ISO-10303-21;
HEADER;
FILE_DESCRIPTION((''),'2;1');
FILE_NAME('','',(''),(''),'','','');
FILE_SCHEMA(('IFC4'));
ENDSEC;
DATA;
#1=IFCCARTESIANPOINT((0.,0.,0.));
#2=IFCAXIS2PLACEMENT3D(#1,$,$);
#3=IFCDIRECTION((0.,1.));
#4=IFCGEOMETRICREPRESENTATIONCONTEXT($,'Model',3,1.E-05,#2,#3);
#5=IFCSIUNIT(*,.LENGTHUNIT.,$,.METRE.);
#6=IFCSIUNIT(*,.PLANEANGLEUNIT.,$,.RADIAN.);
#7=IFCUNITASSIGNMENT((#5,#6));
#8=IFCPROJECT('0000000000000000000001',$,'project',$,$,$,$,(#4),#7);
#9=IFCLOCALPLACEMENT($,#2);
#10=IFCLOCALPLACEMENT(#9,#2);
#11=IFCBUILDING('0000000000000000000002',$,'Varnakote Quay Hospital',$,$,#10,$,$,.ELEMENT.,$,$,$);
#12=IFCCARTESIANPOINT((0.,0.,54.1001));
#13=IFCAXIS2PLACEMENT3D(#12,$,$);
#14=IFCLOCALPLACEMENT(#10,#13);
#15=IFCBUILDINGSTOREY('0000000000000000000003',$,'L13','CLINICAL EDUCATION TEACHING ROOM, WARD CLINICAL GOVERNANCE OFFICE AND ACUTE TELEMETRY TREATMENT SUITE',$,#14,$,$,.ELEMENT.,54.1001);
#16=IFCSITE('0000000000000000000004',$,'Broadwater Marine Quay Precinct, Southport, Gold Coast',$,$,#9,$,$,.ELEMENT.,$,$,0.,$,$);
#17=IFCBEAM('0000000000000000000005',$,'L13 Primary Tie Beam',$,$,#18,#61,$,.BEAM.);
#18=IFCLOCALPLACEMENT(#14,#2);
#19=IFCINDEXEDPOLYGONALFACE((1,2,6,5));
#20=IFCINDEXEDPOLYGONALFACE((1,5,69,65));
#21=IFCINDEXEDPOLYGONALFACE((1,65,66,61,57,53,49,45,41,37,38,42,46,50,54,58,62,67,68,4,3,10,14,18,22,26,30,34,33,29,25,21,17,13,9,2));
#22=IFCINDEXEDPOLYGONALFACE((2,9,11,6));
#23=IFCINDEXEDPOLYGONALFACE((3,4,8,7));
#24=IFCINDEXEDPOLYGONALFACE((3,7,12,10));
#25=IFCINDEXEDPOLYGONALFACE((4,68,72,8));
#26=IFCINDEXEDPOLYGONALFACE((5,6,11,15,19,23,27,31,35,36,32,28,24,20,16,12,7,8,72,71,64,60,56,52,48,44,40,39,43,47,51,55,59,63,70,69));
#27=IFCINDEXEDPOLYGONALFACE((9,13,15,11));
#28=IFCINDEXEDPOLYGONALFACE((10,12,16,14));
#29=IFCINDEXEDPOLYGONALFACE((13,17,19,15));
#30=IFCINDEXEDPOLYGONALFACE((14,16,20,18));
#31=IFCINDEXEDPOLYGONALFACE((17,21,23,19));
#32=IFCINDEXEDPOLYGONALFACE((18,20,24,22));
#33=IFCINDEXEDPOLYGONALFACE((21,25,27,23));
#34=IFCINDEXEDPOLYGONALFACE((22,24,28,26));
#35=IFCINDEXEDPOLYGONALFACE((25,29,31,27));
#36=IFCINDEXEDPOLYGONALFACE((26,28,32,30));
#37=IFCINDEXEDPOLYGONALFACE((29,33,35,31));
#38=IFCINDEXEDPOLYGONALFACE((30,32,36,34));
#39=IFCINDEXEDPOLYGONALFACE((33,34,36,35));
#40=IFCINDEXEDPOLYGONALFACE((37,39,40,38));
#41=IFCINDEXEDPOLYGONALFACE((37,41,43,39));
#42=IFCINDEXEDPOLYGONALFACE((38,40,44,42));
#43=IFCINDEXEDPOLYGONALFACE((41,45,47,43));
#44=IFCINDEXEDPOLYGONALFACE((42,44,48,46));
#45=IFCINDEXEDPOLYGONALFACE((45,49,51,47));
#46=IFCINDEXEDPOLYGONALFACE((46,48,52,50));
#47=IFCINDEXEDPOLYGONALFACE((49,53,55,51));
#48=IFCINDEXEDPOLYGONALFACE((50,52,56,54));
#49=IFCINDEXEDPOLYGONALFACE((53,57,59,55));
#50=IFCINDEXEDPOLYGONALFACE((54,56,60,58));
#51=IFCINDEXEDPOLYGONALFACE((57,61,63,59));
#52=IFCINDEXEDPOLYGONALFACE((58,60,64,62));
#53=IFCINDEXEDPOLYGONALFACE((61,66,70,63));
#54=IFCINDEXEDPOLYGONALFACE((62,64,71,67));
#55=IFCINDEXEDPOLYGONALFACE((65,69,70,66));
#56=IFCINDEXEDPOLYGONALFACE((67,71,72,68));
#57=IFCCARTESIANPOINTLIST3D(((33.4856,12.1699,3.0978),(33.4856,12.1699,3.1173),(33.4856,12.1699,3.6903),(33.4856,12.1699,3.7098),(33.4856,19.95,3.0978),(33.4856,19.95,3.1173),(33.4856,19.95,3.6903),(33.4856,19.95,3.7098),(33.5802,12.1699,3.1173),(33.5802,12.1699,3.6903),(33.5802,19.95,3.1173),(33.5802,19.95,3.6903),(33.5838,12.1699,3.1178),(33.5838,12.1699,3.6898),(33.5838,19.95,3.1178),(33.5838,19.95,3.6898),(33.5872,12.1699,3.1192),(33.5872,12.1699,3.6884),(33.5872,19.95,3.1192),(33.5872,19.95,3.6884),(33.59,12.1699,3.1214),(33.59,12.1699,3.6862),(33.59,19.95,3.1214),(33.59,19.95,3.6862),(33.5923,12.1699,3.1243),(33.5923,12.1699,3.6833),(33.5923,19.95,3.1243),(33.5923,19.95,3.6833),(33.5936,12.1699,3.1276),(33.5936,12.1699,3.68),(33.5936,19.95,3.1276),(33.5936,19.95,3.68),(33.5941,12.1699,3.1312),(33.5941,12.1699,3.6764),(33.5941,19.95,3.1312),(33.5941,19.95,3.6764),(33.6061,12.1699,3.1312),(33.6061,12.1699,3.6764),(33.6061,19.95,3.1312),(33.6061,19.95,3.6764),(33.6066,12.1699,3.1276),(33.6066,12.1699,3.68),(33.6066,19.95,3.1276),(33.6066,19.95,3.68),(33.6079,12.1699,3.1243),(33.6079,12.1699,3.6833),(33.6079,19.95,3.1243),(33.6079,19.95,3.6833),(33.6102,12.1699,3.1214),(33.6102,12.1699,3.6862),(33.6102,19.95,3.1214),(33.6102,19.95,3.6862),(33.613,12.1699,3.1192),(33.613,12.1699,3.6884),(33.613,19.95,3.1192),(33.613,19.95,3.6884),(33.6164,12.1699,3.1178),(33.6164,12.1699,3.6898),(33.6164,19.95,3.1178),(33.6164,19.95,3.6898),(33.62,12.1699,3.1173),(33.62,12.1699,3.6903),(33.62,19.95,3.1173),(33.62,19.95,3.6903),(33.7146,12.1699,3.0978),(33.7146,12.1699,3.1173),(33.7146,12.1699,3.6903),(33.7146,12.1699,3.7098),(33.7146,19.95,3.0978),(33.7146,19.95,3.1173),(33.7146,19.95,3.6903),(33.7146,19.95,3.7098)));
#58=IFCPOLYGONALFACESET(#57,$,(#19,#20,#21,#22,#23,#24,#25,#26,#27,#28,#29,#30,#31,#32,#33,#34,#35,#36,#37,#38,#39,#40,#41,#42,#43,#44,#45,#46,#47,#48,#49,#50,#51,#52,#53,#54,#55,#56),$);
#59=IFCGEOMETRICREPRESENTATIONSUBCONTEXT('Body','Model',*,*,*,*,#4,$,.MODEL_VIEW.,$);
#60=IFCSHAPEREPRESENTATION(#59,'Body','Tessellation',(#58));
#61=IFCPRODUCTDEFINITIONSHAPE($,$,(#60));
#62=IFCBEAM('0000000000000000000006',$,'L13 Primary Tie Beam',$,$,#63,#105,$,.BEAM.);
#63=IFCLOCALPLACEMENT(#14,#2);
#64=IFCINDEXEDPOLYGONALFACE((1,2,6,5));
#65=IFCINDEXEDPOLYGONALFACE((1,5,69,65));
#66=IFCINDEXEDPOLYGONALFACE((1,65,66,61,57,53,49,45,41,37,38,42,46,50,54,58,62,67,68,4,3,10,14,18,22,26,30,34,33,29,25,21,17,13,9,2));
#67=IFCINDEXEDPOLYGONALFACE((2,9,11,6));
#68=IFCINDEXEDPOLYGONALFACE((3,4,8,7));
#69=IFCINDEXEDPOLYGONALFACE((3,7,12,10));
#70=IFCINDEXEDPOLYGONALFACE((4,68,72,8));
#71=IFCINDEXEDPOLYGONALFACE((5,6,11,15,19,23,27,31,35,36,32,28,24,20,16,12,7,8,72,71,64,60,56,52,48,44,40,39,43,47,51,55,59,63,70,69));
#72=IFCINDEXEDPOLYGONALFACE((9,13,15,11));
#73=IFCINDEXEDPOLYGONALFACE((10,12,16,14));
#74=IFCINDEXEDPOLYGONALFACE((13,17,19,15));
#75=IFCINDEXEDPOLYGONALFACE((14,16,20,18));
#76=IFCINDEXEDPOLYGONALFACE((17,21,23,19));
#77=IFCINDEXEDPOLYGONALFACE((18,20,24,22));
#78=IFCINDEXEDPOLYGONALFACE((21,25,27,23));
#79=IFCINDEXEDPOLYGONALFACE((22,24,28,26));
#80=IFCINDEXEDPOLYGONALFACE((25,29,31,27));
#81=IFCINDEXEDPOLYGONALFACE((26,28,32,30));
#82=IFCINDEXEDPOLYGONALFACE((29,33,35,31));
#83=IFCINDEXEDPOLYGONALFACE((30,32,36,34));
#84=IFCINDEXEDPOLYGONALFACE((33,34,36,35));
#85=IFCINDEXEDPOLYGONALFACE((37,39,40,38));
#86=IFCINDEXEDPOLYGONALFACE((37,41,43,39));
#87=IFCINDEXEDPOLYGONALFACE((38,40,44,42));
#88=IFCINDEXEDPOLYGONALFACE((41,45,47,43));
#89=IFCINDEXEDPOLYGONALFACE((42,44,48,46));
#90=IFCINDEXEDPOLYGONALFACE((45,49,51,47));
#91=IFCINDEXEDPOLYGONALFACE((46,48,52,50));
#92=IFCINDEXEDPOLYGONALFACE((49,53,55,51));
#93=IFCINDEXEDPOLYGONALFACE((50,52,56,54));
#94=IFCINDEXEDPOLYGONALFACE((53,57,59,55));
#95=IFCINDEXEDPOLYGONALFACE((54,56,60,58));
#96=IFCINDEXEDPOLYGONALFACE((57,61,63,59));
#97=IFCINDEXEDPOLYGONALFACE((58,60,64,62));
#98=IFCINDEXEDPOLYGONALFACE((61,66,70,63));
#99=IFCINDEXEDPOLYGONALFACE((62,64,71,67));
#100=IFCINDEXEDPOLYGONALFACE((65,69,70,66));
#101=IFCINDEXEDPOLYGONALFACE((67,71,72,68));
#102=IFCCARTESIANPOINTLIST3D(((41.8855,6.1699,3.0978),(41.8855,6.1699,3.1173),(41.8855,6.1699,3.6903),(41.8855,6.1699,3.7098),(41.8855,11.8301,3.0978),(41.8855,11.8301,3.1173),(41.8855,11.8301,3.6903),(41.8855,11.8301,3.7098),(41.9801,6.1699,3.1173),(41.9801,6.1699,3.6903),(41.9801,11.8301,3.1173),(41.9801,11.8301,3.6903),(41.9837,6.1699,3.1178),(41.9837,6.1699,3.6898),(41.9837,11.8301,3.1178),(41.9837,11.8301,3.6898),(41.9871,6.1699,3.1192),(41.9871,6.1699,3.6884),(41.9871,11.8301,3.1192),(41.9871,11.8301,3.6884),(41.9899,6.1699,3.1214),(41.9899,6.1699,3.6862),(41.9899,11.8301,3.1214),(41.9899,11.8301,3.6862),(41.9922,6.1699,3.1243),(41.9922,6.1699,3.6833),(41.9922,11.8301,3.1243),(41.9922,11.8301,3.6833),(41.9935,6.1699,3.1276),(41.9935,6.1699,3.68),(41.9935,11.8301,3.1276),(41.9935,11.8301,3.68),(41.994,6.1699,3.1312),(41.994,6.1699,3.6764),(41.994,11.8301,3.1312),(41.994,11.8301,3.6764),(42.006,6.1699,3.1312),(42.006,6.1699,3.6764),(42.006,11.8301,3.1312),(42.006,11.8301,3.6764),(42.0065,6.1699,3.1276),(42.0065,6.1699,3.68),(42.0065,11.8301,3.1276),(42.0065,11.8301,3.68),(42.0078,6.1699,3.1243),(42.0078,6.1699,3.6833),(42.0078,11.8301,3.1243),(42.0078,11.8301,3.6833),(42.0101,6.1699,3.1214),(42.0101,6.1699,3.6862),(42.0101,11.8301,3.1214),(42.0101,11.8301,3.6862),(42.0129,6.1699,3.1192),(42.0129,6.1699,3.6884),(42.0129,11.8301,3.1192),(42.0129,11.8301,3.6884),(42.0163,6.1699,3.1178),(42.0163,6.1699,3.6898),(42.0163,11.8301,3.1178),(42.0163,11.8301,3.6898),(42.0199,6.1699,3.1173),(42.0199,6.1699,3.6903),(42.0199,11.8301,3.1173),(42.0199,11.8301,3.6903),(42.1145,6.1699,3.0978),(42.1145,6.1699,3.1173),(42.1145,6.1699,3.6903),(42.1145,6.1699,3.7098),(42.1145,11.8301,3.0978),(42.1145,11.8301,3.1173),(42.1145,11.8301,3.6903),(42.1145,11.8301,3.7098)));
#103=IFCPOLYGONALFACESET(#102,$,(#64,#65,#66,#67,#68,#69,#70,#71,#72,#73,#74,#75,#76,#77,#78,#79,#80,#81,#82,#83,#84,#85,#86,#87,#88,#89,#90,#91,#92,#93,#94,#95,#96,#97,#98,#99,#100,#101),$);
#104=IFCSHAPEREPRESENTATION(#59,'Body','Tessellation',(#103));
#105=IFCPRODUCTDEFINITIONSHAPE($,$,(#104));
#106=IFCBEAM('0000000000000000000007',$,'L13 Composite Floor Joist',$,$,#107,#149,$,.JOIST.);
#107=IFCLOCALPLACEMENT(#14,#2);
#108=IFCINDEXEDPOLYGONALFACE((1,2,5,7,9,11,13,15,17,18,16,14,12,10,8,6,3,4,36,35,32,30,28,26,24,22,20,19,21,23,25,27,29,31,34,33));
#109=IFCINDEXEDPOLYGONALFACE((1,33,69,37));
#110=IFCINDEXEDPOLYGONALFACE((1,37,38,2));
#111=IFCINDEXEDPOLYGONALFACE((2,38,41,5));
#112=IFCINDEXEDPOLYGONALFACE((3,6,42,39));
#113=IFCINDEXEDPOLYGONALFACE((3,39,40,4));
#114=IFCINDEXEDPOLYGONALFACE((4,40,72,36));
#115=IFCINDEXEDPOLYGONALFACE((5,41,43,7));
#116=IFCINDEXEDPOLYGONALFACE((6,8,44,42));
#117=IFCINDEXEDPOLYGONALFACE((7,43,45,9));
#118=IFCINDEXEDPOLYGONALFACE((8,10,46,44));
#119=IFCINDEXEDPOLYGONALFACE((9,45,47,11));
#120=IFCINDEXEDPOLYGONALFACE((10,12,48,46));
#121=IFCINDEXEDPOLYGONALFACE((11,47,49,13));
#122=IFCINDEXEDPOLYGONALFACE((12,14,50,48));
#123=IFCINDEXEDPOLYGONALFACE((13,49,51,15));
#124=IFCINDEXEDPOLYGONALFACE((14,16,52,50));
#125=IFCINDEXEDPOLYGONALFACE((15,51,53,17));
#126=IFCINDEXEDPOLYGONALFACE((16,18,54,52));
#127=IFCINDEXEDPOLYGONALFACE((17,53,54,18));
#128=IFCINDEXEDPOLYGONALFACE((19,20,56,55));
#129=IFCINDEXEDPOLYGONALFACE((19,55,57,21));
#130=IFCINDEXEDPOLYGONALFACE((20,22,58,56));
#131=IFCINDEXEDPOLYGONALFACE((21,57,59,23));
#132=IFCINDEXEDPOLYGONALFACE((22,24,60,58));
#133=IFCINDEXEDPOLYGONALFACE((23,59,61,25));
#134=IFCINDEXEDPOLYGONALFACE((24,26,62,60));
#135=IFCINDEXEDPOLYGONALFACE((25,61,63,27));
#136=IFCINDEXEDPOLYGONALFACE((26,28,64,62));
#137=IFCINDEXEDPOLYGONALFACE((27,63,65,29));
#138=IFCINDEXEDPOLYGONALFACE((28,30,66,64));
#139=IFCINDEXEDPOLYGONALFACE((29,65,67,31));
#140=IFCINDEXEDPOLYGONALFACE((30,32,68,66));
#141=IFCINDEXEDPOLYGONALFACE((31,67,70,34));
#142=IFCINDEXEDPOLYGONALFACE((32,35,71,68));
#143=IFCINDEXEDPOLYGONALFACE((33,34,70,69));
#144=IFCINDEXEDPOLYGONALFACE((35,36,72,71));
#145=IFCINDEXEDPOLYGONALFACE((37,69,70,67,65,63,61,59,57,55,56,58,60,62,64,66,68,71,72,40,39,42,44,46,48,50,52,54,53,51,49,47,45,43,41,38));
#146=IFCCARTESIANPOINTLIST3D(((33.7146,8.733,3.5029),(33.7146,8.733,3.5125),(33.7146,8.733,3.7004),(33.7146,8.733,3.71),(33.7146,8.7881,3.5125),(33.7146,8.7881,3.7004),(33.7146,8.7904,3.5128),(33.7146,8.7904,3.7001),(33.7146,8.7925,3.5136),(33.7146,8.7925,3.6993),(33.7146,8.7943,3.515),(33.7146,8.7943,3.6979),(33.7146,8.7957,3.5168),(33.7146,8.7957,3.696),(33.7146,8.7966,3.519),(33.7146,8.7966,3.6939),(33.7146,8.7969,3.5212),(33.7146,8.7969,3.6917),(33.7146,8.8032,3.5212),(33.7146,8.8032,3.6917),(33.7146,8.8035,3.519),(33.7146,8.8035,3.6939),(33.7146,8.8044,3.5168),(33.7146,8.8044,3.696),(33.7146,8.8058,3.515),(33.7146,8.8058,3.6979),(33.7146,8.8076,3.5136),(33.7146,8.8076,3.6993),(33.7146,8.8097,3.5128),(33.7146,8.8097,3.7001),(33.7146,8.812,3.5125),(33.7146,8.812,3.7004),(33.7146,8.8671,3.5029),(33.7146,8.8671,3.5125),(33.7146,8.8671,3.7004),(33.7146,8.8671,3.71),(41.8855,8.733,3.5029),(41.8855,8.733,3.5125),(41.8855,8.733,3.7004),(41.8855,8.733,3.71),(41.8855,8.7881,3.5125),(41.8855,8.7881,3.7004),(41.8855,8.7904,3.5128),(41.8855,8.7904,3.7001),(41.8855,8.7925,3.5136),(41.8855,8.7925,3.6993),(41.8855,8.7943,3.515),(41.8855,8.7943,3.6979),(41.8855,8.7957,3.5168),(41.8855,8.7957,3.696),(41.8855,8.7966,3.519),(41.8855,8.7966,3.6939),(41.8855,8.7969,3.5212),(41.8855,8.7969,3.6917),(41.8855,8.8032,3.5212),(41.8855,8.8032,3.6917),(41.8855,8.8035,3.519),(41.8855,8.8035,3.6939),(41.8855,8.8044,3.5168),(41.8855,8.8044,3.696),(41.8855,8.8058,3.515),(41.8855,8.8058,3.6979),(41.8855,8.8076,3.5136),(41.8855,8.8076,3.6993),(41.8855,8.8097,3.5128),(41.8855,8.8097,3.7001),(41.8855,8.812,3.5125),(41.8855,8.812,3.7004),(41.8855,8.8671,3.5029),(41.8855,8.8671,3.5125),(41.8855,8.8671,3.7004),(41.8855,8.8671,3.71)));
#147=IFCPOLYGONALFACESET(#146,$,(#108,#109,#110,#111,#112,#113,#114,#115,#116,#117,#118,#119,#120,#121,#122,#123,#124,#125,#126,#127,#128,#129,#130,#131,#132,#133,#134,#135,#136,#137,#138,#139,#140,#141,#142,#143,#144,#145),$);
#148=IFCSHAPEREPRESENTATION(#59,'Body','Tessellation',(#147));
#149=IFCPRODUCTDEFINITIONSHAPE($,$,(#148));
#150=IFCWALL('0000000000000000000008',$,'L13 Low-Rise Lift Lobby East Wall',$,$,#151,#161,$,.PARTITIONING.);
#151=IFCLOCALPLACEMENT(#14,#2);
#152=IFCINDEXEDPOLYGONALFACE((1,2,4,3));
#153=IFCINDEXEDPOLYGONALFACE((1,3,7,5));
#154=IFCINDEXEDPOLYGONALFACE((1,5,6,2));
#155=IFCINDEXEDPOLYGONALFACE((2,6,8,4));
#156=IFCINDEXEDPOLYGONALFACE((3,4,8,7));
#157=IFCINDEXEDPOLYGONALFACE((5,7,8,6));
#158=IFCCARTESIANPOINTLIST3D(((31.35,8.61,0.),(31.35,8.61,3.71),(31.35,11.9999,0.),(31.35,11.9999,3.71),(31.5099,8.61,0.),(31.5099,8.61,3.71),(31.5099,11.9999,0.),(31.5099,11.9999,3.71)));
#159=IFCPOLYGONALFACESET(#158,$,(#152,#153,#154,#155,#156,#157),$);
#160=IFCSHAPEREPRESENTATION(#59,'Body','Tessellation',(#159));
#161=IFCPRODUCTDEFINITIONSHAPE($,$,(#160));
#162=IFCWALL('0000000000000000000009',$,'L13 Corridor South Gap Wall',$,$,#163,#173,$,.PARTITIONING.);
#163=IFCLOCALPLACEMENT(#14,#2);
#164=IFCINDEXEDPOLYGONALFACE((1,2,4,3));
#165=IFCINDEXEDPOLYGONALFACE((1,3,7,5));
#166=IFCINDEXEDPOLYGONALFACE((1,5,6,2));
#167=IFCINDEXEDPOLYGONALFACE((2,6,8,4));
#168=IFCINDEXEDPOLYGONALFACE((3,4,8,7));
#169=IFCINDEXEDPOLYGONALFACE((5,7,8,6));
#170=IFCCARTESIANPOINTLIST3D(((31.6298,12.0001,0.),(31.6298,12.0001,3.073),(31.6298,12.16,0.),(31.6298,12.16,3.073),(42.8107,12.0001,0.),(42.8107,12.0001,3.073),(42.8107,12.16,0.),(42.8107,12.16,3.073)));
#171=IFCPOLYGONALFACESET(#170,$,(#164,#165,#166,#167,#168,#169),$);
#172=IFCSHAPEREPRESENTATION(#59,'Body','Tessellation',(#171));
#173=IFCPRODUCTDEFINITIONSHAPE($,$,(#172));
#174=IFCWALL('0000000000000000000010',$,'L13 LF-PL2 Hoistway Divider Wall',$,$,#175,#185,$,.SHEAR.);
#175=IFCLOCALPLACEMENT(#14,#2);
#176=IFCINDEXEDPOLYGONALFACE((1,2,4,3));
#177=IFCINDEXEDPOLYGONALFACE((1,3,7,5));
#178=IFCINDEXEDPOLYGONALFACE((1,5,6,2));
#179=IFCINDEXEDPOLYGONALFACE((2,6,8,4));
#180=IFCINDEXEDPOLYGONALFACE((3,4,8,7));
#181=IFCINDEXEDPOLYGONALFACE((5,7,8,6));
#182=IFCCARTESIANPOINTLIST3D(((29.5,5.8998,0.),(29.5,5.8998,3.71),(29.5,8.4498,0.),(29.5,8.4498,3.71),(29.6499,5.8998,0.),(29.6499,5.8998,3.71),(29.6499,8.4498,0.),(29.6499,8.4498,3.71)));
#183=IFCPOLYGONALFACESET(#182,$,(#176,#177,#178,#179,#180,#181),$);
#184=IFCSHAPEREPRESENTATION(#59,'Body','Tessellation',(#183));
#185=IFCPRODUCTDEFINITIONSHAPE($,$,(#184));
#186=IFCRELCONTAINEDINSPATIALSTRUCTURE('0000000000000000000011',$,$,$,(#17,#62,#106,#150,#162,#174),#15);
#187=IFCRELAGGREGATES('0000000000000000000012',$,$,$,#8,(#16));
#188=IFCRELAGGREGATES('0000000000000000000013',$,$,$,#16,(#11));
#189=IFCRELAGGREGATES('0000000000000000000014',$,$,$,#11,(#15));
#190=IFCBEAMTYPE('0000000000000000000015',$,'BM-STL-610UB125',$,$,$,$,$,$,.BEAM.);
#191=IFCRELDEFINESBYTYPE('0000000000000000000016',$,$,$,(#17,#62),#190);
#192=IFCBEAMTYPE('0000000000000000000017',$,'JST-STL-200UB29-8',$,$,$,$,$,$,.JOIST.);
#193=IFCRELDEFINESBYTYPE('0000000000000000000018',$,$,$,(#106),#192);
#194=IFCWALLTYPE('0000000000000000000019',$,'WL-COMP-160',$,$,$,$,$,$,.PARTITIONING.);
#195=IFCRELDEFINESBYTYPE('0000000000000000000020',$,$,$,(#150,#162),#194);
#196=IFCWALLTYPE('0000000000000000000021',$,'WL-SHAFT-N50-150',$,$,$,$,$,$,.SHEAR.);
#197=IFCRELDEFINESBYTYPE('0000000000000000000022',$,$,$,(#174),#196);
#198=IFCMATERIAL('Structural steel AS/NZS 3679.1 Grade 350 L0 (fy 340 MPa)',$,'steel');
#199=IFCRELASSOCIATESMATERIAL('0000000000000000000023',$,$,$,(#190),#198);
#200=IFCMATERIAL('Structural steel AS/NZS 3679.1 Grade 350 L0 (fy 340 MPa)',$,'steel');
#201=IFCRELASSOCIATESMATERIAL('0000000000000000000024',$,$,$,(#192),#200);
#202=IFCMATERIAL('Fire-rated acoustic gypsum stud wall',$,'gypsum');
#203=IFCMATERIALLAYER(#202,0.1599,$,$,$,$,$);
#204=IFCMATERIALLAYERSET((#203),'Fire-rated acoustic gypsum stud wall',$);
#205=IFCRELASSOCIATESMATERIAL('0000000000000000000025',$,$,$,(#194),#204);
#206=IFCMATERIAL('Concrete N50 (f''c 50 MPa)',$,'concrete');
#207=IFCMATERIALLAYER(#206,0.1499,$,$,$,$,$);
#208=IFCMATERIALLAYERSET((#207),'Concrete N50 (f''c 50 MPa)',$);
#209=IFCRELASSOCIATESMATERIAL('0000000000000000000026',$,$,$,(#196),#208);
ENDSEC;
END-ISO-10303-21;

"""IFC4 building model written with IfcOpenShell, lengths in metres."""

from ifc_helpers import new_model, si_unit, direction, frame, frame_2d, origin, origin_2d, place, context, subcontext, project, spatial, rectangle, i_section, extrude, material, layer, layer_set, material_profile, profile_set, type_object, element, save


model = new_model("IFC4")

# Units and contexts
model_context = context("Model", 3, precision=1e-05, world=origin(), true_north=direction((0.0, 1.0)))
body_context = subcontext(model_context, "Body", "Model", "MODEL_VIEW")
ifc_project = project(units=[si_unit("LENGTHUNIT", "METRE"), si_unit("PLANEANGLEUNIT", "RADIAN")], contexts=[model_context])

# Site, building, storey
site_placement = place(None, origin())
site = spatial("IfcSite", under=ifc_project, at=site_placement, Name="Broadwater Marine Quay Precinct, Southport, Gold Coast", CompositionType="ELEMENT", RefElevation=0.0)
building_placement = place(site_placement, origin())
building = spatial("IfcBuilding", under=site, at=building_placement, Name="Varnakote Quay Hospital", CompositionType="ELEMENT")
storey_placement = place(building_placement, frame((0.0, 0.0, 54.1001)))
storey = spatial("IfcBuildingStorey", under=building, at=storey_placement, Name="L13", Description="CLINICAL EDUCATION TEACHING ROOM, WARD CLINICAL GOVERNANCE OFFICE AND ACUTE TELEMETRY TREATMENT SUITE", CompositionType="ELEMENT", Elevation=54.1001)

# Beams
ifc_material_1 = material(Name="Structural steel AS/NZS 3679.1 Grade 350 L0 (fy 340 MPa)", Category="steel")
ifc_material_profile_1 = material_profile(ifc_material_1, i_section(OverallWidth=0.229, OverallDepth=0.6121, WebThickness=0.012, FlangeThickness=0.0195, FilletRadius=0.0139, at=origin_2d()), Name="610UB125")
ifc_profile_set_1 = profile_set([ifc_material_profile_1], Name="Structural steel AS/NZS 3679.1 Grade 350 L0 (fy 340 MPa)")
beam_type_1 = type_object("IfcBeamType", Name="BM-STL-610UB125", PredefinedType="BEAM", material=ifc_profile_set_1)
beam_1_placement = place(storey_placement, frame((33.6001, 12.1699, 3.4038), z_axis=(0.0, 1.0, 0.0), x_axis=(-1.0, 0.0, 0.0)))
element("IfcBeam", 1, at=beam_1_placement, inside=storey, type_object=beam_type_1, Name="L13 Primary Tie Beam", PredefinedType="BEAM", context=body_context, shape_type="SweptSolid", body=[
    extrude(i_section(OverallWidth=0.229, OverallDepth=0.6121, WebThickness=0.012, FlangeThickness=0.0195, FilletRadius=0.0139, at=origin_2d()), origin(), (0.0, 0.0, 1.0), 7.78),
])
beam_2_placement = place(storey_placement, frame((42.0, 6.1699, 3.4038), z_axis=(0.0, 1.0, 0.0), x_axis=(-1.0, 0.0, 0.0)))
element("IfcBeam", 2, at=beam_2_placement, inside=storey, type_object=beam_type_1, Name="L13 Primary Tie Beam", PredefinedType="BEAM", context=body_context, shape_type="SweptSolid", body=[
    extrude(i_section(OverallWidth=0.229, OverallDepth=0.6121, WebThickness=0.012, FlangeThickness=0.0195, FilletRadius=0.0139, at=origin_2d()), origin(), (0.0, 0.0, 1.0), 5.6602),
])
ifc_material_2 = material(Name="Structural steel AS/NZS 3679.1 Grade 350 L0 (fy 340 MPa)", Category="steel")
ifc_material_profile_2 = material_profile(ifc_material_2, i_section(OverallWidth=0.134, OverallDepth=0.207, WebThickness=0.0063, FlangeThickness=0.0095, FilletRadius=0.0088, at=origin_2d()), Name="200UB29.8")
ifc_profile_set_2 = profile_set([ifc_material_profile_2], Name="Structural steel AS/NZS 3679.1 Grade 350 L0 (fy 340 MPa)")
beam_type_2 = type_object("IfcBeamType", Name="JST-STL-200UB29-8", PredefinedType="JOIST", material=ifc_profile_set_2)
beam_3_placement = place(storey_placement, frame((33.7146, 8.8, 3.6064), z_axis=(1.0, 0.0, 0.0), x_axis=(0.0, 1.0, 0.0)))
element("IfcBeam", 3, at=beam_3_placement, inside=storey, type_object=beam_type_2, Name="L13 Composite Floor Joist", PredefinedType="JOIST", context=body_context, shape_type="SweptSolid", body=[
    extrude(i_section(OverallWidth=0.134, OverallDepth=0.207, WebThickness=0.0063, FlangeThickness=0.0095, FilletRadius=0.0088, at=origin_2d()), origin(), (0.0, 0.0, 1.0), 8.1709),
])

# Walls
ifc_material_3 = material(Name="Fire-rated acoustic gypsum stud wall", Category="gypsum")
ifc_layer_1 = layer(ifc_material_3, 0.1599)
ifc_layer_set_1 = layer_set([ifc_layer_1], Name="Fire-rated acoustic gypsum stud wall")
wall_type_1 = type_object("IfcWallType", Name="WL-COMP-160", PredefinedType="PARTITIONING", material=ifc_layer_set_1)
wall_1_placement = place(storey_placement, frame((31.4299, 8.6101, 0.0), z_axis=(0.0, 0.0, 1.0), x_axis=(0.0, 1.0, 0.0)))
element("IfcWall", 4, at=wall_1_placement, inside=storey, type_object=wall_type_1, Name="L13 Low-Rise Lift Lobby East Wall", PredefinedType="PARTITIONING", context=body_context, shape_type="SweptSolid", body=[
    extrude(rectangle(XDim=3.3899, YDim=0.1599, at=frame_2d((1.6948, 0.0))), origin(), (0.0, 0.0, 1.0), 3.71),
])
wall_2_placement = place(storey_placement, frame((31.6299, 12.0801, 0.0), z_axis=(0.0, 0.0, 1.0), x_axis=(1.0, 0.0, 0.0)))
element("IfcWall", 5, at=wall_2_placement, inside=storey, type_object=wall_type_1, Name="L13 Corridor South Gap Wall", PredefinedType="PARTITIONING", context=body_context, shape_type="SweptSolid", body=[
    extrude(rectangle(XDim=11.1809, YDim=0.1599, at=frame_2d((5.5903, 0.0))), origin(), (0.0, 0.0, 1.0), 3.073),
])
ifc_material_4 = material(Name="Concrete N50 (f'c 50 MPa)", Category="concrete")
ifc_layer_2 = layer(ifc_material_4, 0.1499)
ifc_layer_set_2 = layer_set([ifc_layer_2], Name="Concrete N50 (f'c 50 MPa)")
wall_type_2 = type_object("IfcWallType", Name="WL-SHAFT-N50-150", PredefinedType="SHEAR", material=ifc_layer_set_2)
for number, where, z_axis, x_axis, name in (
    (6, (29.575, 5.8999, 0.0), (0.0, 0.0, 1.0), (0.0, 1.0, 0.0), "L13 LF-PL2 Hoistway Divider Wall"),
):
    element("IfcWall", number, at=place(storey_placement, frame(where, z_axis=z_axis, x_axis=x_axis)), inside=storey, type_object=wall_type_2, Name=name, PredefinedType="SHEAR", context=body_context, shape_type="SweptSolid", body=[
        extrude(rectangle(XDim=2.55, YDim=0.1499, at=frame_2d((1.2749, 0.0))), origin(), (0.0, 0.0, 1.0), 3.71),
    ])

save(model, "model.ifc")
